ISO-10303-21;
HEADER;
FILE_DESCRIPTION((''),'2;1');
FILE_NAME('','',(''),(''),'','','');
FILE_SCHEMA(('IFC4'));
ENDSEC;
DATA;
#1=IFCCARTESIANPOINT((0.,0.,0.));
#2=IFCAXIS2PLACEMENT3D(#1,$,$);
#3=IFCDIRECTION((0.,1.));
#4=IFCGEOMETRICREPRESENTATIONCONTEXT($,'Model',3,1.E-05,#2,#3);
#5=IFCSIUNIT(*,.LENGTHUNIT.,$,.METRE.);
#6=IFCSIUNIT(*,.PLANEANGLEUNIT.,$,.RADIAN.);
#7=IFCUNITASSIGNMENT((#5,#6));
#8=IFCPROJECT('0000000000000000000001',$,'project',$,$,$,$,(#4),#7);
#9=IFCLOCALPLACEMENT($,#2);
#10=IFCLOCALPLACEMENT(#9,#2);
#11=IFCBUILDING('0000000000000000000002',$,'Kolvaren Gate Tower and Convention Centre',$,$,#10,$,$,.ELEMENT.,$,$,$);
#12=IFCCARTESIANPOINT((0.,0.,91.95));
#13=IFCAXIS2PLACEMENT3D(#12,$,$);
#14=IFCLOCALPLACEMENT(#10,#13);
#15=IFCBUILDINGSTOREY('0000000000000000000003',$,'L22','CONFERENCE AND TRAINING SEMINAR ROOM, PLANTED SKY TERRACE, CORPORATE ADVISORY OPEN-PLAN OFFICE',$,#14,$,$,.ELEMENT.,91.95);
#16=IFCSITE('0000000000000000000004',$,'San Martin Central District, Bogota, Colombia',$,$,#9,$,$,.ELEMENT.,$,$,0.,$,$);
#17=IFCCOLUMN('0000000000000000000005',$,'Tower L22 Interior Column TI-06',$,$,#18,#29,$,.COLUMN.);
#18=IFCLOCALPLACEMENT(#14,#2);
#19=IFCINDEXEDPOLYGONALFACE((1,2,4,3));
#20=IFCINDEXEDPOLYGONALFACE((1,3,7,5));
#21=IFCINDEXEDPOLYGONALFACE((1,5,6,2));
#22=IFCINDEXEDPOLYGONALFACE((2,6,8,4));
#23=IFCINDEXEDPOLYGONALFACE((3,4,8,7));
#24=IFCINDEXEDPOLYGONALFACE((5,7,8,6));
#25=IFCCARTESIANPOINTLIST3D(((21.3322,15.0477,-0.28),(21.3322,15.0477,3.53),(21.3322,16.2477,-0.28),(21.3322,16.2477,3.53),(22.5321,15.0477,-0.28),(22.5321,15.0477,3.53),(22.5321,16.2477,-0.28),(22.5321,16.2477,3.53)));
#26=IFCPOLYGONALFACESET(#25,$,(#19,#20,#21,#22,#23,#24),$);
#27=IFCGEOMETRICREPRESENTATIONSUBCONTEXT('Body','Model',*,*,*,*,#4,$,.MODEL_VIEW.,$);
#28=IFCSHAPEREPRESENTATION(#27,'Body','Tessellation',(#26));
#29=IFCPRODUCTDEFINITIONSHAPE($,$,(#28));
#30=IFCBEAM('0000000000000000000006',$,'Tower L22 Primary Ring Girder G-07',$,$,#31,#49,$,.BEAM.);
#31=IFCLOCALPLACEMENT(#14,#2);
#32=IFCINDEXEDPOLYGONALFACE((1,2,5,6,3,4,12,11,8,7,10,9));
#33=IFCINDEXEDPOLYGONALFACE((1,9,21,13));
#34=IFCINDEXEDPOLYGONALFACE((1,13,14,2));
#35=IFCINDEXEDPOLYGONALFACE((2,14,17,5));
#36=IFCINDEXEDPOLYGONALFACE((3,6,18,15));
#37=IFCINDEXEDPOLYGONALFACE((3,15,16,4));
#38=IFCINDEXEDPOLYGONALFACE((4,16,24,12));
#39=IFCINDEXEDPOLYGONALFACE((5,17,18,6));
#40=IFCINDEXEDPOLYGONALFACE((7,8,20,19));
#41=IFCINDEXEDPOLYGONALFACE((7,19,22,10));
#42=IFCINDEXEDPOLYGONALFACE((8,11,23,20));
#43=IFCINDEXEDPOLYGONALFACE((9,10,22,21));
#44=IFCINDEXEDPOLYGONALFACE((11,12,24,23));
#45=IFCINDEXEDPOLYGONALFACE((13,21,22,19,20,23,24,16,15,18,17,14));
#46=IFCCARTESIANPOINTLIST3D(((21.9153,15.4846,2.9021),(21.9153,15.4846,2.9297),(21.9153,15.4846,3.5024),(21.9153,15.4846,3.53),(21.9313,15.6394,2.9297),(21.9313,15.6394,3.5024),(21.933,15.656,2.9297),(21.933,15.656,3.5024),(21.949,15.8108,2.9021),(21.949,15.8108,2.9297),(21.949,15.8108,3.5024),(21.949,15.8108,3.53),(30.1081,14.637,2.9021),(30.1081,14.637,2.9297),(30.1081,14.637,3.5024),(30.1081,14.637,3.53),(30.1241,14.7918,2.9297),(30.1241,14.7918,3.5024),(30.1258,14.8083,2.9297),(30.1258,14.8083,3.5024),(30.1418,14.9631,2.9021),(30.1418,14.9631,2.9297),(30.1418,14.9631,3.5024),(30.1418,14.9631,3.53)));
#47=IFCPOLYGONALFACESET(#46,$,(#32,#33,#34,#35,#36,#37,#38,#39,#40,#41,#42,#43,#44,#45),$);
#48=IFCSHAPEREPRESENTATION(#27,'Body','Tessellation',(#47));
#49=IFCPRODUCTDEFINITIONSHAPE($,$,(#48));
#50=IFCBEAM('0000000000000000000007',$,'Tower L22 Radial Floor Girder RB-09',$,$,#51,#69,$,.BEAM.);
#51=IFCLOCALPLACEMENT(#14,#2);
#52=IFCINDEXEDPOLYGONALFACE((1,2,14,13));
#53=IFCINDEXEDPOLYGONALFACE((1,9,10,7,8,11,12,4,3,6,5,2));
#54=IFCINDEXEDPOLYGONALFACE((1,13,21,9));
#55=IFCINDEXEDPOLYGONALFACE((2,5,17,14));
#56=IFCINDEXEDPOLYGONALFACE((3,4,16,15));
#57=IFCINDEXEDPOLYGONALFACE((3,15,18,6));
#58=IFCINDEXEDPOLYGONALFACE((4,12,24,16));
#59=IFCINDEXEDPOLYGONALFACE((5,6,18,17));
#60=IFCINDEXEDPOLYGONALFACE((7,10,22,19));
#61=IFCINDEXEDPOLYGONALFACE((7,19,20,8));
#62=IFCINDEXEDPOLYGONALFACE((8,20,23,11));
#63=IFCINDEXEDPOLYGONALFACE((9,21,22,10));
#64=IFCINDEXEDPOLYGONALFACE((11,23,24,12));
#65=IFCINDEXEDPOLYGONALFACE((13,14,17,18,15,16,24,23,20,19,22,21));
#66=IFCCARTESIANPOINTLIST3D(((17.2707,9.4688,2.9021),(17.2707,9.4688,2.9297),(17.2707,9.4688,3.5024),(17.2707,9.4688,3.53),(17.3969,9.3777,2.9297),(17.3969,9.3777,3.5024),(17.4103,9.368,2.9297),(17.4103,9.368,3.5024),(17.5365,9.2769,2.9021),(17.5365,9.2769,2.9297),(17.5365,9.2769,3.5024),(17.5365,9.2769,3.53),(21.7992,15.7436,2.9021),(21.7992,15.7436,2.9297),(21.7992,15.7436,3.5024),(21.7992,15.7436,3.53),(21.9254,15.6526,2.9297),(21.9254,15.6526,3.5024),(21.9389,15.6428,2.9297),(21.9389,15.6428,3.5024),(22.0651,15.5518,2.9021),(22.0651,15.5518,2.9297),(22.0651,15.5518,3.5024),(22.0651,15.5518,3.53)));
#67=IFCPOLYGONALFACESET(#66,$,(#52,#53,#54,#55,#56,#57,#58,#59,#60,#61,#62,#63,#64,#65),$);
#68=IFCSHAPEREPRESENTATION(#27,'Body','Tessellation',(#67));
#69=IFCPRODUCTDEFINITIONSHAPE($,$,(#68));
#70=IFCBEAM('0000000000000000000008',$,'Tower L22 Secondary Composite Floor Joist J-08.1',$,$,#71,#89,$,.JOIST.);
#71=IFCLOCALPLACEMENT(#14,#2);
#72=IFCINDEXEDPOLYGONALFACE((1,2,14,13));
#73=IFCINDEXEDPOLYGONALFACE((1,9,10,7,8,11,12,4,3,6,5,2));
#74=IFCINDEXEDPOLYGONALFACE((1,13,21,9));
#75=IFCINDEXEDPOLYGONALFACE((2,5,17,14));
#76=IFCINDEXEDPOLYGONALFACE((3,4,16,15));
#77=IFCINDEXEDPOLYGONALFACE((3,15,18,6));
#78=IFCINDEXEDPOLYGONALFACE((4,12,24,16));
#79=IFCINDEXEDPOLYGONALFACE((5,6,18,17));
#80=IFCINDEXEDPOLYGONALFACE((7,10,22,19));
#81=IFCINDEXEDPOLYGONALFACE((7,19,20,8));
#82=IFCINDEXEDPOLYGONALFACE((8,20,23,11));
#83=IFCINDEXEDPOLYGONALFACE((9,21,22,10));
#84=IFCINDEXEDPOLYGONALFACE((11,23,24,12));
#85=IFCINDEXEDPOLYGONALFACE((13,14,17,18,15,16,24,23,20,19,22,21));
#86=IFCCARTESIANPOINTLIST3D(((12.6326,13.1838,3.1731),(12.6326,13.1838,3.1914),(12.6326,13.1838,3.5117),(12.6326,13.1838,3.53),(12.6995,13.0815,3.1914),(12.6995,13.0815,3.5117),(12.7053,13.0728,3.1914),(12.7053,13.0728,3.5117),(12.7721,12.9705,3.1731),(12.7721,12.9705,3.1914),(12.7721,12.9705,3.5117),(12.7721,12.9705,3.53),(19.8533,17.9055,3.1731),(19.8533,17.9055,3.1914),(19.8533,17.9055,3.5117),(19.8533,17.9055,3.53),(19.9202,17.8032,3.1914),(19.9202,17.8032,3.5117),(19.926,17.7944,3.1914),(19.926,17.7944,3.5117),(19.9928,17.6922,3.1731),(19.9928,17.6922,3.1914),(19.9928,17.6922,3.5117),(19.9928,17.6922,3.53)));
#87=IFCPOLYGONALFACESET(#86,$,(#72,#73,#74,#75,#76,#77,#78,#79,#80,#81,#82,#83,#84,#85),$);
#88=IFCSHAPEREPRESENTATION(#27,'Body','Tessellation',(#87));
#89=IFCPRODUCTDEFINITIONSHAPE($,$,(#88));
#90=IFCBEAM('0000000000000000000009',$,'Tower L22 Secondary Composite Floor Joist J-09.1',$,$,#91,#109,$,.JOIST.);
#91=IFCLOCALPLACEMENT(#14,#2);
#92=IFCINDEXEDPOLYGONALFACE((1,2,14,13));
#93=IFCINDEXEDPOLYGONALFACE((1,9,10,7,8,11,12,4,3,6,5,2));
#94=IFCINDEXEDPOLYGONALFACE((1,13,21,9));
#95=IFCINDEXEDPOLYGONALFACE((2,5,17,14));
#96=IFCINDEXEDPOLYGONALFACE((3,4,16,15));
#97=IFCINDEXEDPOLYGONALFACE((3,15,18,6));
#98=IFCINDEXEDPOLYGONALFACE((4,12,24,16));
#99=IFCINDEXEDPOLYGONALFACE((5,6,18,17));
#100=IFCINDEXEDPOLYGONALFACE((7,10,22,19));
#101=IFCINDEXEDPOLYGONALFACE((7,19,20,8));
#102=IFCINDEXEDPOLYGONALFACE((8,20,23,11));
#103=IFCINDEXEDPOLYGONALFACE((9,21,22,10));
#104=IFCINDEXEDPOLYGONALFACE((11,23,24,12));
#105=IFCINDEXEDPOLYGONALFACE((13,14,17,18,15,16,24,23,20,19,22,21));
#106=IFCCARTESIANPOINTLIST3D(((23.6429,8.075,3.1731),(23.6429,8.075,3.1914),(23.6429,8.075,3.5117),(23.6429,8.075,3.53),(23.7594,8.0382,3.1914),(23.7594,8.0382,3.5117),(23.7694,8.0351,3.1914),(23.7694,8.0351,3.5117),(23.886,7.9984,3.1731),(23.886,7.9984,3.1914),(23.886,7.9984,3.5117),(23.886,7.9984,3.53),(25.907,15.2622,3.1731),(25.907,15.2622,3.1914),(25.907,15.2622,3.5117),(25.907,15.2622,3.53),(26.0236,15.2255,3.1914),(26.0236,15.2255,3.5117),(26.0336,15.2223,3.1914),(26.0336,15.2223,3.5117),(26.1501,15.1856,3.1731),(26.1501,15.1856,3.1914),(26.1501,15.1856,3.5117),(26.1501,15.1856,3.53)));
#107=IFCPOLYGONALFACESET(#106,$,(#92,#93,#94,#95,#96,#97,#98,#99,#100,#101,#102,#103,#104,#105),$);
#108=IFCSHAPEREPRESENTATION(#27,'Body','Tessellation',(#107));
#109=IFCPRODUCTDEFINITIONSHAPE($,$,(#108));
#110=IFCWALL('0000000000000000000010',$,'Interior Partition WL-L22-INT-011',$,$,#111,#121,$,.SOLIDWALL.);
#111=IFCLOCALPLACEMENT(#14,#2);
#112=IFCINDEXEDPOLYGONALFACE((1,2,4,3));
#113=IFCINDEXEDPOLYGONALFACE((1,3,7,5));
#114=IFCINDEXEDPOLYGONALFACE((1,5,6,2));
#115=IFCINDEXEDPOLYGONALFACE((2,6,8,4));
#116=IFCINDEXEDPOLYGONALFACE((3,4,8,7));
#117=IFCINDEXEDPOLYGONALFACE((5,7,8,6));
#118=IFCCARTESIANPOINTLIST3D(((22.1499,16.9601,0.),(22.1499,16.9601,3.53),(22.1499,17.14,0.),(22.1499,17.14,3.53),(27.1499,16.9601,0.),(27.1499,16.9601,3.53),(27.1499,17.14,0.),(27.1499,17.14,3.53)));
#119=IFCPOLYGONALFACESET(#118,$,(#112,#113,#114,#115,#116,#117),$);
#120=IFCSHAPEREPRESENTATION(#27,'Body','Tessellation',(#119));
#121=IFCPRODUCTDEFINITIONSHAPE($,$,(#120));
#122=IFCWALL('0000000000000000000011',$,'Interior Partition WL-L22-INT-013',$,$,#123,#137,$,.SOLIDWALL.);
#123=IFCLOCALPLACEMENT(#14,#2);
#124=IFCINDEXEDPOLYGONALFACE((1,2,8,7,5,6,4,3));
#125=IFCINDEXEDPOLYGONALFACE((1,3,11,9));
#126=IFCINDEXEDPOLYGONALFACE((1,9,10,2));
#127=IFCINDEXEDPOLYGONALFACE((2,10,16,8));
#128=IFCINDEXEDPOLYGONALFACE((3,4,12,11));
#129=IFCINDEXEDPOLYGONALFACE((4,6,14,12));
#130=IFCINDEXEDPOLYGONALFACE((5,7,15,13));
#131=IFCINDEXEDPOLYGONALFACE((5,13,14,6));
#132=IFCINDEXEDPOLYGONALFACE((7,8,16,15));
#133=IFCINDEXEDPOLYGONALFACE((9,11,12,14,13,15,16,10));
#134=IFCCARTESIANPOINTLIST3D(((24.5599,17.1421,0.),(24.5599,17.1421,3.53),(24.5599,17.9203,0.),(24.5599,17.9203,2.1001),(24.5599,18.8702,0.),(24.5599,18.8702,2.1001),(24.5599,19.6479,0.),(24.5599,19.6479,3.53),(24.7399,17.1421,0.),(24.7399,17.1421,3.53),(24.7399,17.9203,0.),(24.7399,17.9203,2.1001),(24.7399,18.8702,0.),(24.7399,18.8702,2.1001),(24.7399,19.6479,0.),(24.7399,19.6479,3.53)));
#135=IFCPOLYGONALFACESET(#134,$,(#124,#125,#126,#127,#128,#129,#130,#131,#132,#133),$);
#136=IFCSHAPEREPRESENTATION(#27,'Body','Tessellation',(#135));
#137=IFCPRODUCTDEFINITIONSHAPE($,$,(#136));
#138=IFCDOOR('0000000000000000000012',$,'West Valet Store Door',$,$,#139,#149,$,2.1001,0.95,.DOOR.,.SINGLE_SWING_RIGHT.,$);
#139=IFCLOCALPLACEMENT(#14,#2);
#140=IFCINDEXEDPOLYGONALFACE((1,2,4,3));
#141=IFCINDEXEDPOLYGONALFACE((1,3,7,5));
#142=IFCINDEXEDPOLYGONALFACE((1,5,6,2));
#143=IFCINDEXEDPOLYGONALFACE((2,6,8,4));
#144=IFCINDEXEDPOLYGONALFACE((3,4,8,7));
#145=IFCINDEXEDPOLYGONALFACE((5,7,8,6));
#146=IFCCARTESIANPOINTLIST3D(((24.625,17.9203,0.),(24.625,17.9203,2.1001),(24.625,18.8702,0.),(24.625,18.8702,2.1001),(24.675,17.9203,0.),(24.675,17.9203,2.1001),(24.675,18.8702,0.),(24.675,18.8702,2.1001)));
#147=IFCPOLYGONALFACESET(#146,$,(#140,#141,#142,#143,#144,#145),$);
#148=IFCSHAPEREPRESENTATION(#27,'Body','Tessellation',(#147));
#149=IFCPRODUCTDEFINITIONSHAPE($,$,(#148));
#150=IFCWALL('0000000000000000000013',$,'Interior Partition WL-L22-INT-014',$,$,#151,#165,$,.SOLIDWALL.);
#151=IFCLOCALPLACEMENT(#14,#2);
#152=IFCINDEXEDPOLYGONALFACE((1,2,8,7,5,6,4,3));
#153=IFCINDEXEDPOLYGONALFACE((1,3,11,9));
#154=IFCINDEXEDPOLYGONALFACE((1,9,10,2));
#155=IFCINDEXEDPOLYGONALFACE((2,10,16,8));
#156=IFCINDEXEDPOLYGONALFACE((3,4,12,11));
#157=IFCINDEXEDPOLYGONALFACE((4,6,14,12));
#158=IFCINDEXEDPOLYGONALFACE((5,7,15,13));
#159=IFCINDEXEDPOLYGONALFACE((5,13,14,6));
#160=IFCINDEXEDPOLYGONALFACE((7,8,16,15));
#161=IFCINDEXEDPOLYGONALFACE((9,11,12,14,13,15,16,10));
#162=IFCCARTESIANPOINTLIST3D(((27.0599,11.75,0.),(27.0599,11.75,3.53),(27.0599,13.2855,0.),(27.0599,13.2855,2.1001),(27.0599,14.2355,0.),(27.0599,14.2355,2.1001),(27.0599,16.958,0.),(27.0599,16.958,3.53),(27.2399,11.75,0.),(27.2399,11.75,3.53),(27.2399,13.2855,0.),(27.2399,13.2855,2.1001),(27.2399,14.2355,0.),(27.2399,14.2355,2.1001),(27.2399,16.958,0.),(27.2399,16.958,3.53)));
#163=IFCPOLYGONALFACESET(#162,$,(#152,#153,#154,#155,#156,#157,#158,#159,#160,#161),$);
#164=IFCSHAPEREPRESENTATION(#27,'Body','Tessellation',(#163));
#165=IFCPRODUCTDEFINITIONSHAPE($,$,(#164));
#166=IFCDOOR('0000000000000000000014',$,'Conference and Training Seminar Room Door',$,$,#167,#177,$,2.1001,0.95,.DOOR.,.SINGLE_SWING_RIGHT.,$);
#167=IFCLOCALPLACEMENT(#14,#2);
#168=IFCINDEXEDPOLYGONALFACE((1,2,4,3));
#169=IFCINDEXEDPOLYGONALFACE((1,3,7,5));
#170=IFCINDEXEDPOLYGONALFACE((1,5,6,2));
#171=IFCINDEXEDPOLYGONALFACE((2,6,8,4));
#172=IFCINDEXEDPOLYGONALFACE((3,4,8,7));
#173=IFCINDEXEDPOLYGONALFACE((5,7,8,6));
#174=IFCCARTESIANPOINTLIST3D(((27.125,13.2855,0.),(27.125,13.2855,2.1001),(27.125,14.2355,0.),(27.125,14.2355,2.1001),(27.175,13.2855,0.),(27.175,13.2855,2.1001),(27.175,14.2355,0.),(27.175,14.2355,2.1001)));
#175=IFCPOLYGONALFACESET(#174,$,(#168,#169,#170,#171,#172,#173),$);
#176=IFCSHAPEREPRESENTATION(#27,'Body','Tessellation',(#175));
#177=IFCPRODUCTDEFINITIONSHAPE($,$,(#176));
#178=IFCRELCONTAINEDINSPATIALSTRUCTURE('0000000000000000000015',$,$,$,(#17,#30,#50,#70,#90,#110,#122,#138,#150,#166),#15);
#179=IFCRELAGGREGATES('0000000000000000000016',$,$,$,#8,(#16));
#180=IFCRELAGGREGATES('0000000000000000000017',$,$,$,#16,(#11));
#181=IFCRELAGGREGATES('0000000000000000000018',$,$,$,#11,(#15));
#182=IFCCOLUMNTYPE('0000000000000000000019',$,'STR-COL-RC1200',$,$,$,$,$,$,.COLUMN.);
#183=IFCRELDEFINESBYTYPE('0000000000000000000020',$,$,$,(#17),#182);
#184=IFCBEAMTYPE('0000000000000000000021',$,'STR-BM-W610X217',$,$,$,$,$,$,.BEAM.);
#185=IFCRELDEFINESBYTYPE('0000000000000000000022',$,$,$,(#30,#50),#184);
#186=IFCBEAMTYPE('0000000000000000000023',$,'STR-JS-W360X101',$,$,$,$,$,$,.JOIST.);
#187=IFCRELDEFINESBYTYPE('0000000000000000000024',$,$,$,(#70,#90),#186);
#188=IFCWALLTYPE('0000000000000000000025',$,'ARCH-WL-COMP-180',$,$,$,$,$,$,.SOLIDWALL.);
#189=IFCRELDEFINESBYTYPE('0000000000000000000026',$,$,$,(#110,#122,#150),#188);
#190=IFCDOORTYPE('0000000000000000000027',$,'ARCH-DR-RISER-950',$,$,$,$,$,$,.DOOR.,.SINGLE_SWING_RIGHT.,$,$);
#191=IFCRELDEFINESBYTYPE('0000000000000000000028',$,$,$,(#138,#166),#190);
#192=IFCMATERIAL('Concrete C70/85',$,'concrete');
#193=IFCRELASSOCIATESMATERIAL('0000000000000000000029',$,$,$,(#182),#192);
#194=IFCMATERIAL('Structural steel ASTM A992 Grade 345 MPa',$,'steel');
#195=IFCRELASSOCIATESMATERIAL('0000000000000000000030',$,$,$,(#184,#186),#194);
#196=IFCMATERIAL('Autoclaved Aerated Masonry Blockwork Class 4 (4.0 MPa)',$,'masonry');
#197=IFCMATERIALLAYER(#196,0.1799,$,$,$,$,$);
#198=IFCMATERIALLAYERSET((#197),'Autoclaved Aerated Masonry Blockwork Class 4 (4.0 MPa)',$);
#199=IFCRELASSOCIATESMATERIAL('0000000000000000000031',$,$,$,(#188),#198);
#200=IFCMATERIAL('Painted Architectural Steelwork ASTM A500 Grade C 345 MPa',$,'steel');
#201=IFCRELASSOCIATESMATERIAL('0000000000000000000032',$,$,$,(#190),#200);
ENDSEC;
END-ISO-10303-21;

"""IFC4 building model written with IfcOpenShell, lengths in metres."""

from ifc_helpers import new_model, si_unit, direction, frame, frame_2d, origin, origin_2d, place, context, subcontext, project, spatial, rectangle, i_section, extrude, material, layer, layer_set, material_profile, profile_set, type_object, element, fill, save


model = new_model("IFC4")

# Units and contexts
model_context = context("Model", 3, precision=1e-05, world=origin(), true_north=direction((0.0, 1.0)))
body_context = subcontext(model_context, "Body", "Model", "MODEL_VIEW")
ifc_project = project(units=[si_unit("LENGTHUNIT", "METRE"), si_unit("PLANEANGLEUNIT", "RADIAN")], contexts=[model_context])

# Site, building, storey
site_placement = place(None, origin())
site = spatial("IfcSite", under=ifc_project, at=site_placement, Name="San Martin Central District, Bogota, Colombia", CompositionType="ELEMENT", RefElevation=0.0)
building_placement = place(site_placement, origin())
building = spatial("IfcBuilding", under=site, at=building_placement, Name="Kolvaren Gate Tower and Convention Centre", CompositionType="ELEMENT")
storey_placement = place(building_placement, frame((0.0, 0.0, 91.95)))
storey = spatial("IfcBuildingStorey", under=building, at=storey_placement, Name="L22", Description="CONFERENCE AND TRAINING SEMINAR ROOM, PLANTED SKY TERRACE, CORPORATE ADVISORY OPEN-PLAN OFFICE", CompositionType="ELEMENT", Elevation=91.95)

# Column
ifc_material_1 = material(Name="Concrete C70/85", Category="concrete")
ifc_material_profile_1 = material_profile(ifc_material_1, rectangle(XDim=1.2, YDim=1.2, at=origin_2d()), Name="RC-COL-1200X1200")
ifc_profile_set_1 = profile_set([ifc_material_profile_1], Name="Concrete C70/85")
column_type = type_object("IfcColumnType", Name="STR-COL-RC1200", PredefinedType="COLUMN", material=ifc_profile_set_1)
column_placement = place(storey_placement, frame((21.9321, 15.6477, -0.28), z_axis=(0.0, 0.0, 1.0), x_axis=(1.0, 0.0, 0.0)))
element("IfcColumn", 1, at=column_placement, inside=storey, type_object=column_type, Name="Tower L22 Interior Column TI-06", PredefinedType="COLUMN", context=body_context, shape_type="SweptSolid", body=[
    extrude(rectangle(XDim=1.2, YDim=1.2, at=origin_2d()), origin(), (0.0, 0.0, 1.0), 3.8101),
])

# Beams
ifc_material_2 = material(Name="Structural steel ASTM A992 Grade 345 MPa", Category="steel")
ifc_material_profile_2 = material_profile(ifc_material_2, i_section(OverallWidth=0.3279, OverallDepth=0.6279, WebThickness=0.0166, FlangeThickness=0.0276, at=origin_2d()), Name="W610X217")
ifc_profile_set_2 = profile_set([ifc_material_profile_2], Name="Structural steel ASTM A992 Grade 345 MPa")
beam_type_1 = type_object("IfcBeamType", Name="STR-BM-W610X217", PredefinedType="BEAM", material=ifc_profile_set_2)
beam_1_placement = place(storey_placement, frame((21.9321, 15.6477, 3.2161), z_axis=(0.99469, -0.102913, 0.0), x_axis=(0.102913, 0.99469, 0.0)))
element("IfcBeam", 2, at=beam_1_placement, inside=storey, type_object=beam_type_1, Name="Tower L22 Primary Ring Girder G-07", PredefinedType="BEAM", context=body_context, shape_type="SweptSolid", body=[
    extrude(i_section(OverallWidth=0.3279, OverallDepth=0.6279, WebThickness=0.0166, FlangeThickness=0.0276, at=origin_2d()), origin(), (0.0, 0.0, 1.0), 8.2366),
])
beam_2_placement = place(storey_placement, frame((21.9321, 15.6477, 3.2161), z_axis=(-0.585209, -0.810882, 0.0), x_axis=(0.810882, -0.585209, 0.0)))
element("IfcBeam", 3, at=beam_2_placement, inside=storey, type_object=beam_type_1, Name="Tower L22 Radial Floor Girder RB-09", PredefinedType="BEAM", context=body_context, shape_type="SweptSolid", body=[
    extrude(i_section(OverallWidth=0.3279, OverallDepth=0.6279, WebThickness=0.0166, FlangeThickness=0.0276, at=origin_2d()), origin(), (0.0, 0.0, 1.0), 7.7383),
])
ifc_material_profile_3 = material_profile(ifc_material_2, i_section(OverallWidth=0.2549, OverallDepth=0.3569, WebThickness=0.0105, FlangeThickness=0.0183, at=origin_2d()), Name="W360X101")
ifc_profile_set_3 = profile_set([ifc_material_profile_3], Name="Structural steel ASTM A992 Grade 345 MPa")
beam_type_2 = type_object("IfcBeamType", Name="STR-JS-W360X101", PredefinedType="JOIST", material=ifc_profile_set_3)
beam_3_placement = place(storey_placement, frame((19.9231, 17.7988, 3.3516), z_axis=(-0.836946, -0.547286, 0.0), x_axis=(0.547286, -0.836946, 0.0)))
element("IfcBeam", 4, at=beam_3_placement, inside=storey, type_object=beam_type_2, Name="Tower L22 Secondary Composite Floor Joist J-08.1", PredefinedType="JOIST", context=body_context, shape_type="SweptSolid", body=[
    extrude(i_section(OverallWidth=0.2549, OverallDepth=0.3569, WebThickness=0.0105, FlangeThickness=0.0183, at=origin_2d()), origin(), (0.0, 0.0, 1.0), 8.6274),
])
beam_4_placement = place(storey_placement, frame((26.0286, 15.2239, 3.3516), z_axis=(-0.300468, -0.953792, 0.0), x_axis=(0.953792, -0.300468, 0.0)))
element("IfcBeam", 5, at=beam_4_placement, inside=storey, type_object=beam_type_2, Name="Tower L22 Secondary Composite Floor Joist J-09.1", PredefinedType="JOIST", context=body_context, shape_type="SweptSolid", body=[
    extrude(i_section(OverallWidth=0.2549, OverallDepth=0.3569, WebThickness=0.0105, FlangeThickness=0.0183, at=origin_2d()), origin(), (0.0, 0.0, 1.0), 7.5354),
])

# Wall
ifc_material_3 = material(Name="Autoclaved Aerated Masonry Blockwork Class 4 (4.0 MPa)", Category="masonry")
ifc_layer_1 = layer(ifc_material_3, 0.1799)
ifc_layer_set_1 = layer_set([ifc_layer_1], Name="Autoclaved Aerated Masonry Blockwork Class 4 (4.0 MPa)")
wall_type_1 = type_object("IfcWallType", Name="ARCH-WL-COMP-180", PredefinedType="SOLIDWALL", material=ifc_layer_set_1)
wall_1_placement = place(storey_placement, frame((22.1499, 17.05, 0.0), z_axis=(0.0, 0.0, 1.0), x_axis=(1.0, 0.0, 0.0)))
element("IfcWall", 6, at=wall_1_placement, inside=storey, type_object=wall_type_1, Name="Interior Partition WL-L22-INT-011", PredefinedType="SOLIDWALL", context=body_context, shape_type="SweptSolid", body=[
    extrude(rectangle(XDim=5.0, YDim=0.1799, at=frame_2d((2.5, 0.0))), origin(), (0.0, 0.0, 1.0), 3.53),
])

# Walls, openings, doors
wall_2_placement = place(storey_placement, frame((24.6499, 17.1421, 0.0), z_axis=(0.0, 0.0, 1.0), x_axis=(0.0, 1.0, 0.0)))
wall_2 = element("IfcWall", 7, at=wall_2_placement, inside=storey, type_object=wall_type_1, Name="Interior Partition WL-L22-INT-013", PredefinedType="SOLIDWALL", context=body_context, shape_type="SweptSolid", body=[
    extrude(rectangle(XDim=2.5059, YDim=0.1799, at=frame_2d((1.2529, 0.0))), origin(), (0.0, 0.0, 1.0), 3.53),
])
opening_1_placement = place(wall_2_placement, frame((0.7781, 0.0, 0.0)))
opening_1 = element("IfcOpeningElement", 8, at=opening_1_placement, cuts=wall_2, PredefinedType="OPENING", context=body_context, shape_type="SweptSolid", body=[
    extrude(rectangle(XDim=0.95, YDim=2.1001, at=frame_2d((0.4751, 1.05))), frame((0.0, 0.0999, 0.0), z_axis=(0.0, -1.0, 0.0), x_axis=(1.0, 0.0, 0.0)), (0.0, 0.0, 1.0), 0.2),
])
ifc_material_4 = material(Name="Painted Architectural Steelwork ASTM A500 Grade C 345 MPa", Category="steel")
door_type_1 = type_object("IfcDoorType", Name="ARCH-DR-RISER-950", OperationType="SINGLE_SWING_RIGHT", PredefinedType="DOOR", material=ifc_material_4)
door_1_placement = place(opening_1_placement, origin())
door_1 = element("IfcDoor", 9, at=door_1_placement, inside=storey, type_object=door_type_1, Name="West Valet Store Door", OperationType="SINGLE_SWING_RIGHT", OverallHeight=2.1001, OverallWidth=0.95, PredefinedType="DOOR", context=body_context, shape_type="SweptSolid", body=[
    extrude(rectangle(XDim=0.95, YDim=2.1001, at=frame_2d((0.4751, 1.05))), frame((0.0, 0.0249, 0.0), z_axis=(0.0, -1.0, 0.0), x_axis=(1.0, 0.0, 0.0)), (0.0, 0.0, 1.0), 0.05),
])
fill(opening_1, door_1)
wall_3_placement = place(storey_placement, frame((27.1499, 11.75, 0.0), z_axis=(0.0, 0.0, 1.0), x_axis=(0.0, 1.0, 0.0)))
wall_3 = element("IfcWall", 10, at=wall_3_placement, inside=storey, type_object=wall_type_1, Name="Interior Partition WL-L22-INT-014", PredefinedType="SOLIDWALL", context=body_context, shape_type="SweptSolid", body=[
    extrude(rectangle(XDim=5.208, YDim=0.1799, at=frame_2d((2.604, 0.0))), origin(), (0.0, 0.0, 1.0), 3.53),
])
opening_2_placement = place(wall_3_placement, frame((1.5354, 0.0, 0.0)))
opening_2 = element("IfcOpeningElement", 11, at=opening_2_placement, cuts=wall_3, PredefinedType="OPENING", context=body_context, shape_type="SweptSolid", body=[
    extrude(rectangle(XDim=0.95, YDim=2.1001, at=frame_2d((0.4751, 1.05))), frame((0.0, 0.0999, 0.0), z_axis=(0.0, -1.0, 0.0), x_axis=(1.0, 0.0, 0.0)), (0.0, 0.0, 1.0), 0.2),
])
door_2_placement = place(opening_2_placement, origin())
door_2 = element("IfcDoor", 12, at=door_2_placement, inside=storey, type_object=door_type_1, Name="Conference and Training Seminar Room Door", OperationType="SINGLE_SWING_RIGHT", OverallHeight=2.1001, OverallWidth=0.95, PredefinedType="DOOR", context=body_context, shape_type="SweptSolid", body=[
    extrude(rectangle(XDim=0.95, YDim=2.1001, at=frame_2d((0.4751, 1.05))), frame((0.0, 0.0249, 0.0), z_axis=(0.0, -1.0, 0.0), x_axis=(1.0, 0.0, 0.0)), (0.0, 0.0, 1.0), 0.05),
])
fill(opening_2, door_2)

save(model, "model.ifc")
